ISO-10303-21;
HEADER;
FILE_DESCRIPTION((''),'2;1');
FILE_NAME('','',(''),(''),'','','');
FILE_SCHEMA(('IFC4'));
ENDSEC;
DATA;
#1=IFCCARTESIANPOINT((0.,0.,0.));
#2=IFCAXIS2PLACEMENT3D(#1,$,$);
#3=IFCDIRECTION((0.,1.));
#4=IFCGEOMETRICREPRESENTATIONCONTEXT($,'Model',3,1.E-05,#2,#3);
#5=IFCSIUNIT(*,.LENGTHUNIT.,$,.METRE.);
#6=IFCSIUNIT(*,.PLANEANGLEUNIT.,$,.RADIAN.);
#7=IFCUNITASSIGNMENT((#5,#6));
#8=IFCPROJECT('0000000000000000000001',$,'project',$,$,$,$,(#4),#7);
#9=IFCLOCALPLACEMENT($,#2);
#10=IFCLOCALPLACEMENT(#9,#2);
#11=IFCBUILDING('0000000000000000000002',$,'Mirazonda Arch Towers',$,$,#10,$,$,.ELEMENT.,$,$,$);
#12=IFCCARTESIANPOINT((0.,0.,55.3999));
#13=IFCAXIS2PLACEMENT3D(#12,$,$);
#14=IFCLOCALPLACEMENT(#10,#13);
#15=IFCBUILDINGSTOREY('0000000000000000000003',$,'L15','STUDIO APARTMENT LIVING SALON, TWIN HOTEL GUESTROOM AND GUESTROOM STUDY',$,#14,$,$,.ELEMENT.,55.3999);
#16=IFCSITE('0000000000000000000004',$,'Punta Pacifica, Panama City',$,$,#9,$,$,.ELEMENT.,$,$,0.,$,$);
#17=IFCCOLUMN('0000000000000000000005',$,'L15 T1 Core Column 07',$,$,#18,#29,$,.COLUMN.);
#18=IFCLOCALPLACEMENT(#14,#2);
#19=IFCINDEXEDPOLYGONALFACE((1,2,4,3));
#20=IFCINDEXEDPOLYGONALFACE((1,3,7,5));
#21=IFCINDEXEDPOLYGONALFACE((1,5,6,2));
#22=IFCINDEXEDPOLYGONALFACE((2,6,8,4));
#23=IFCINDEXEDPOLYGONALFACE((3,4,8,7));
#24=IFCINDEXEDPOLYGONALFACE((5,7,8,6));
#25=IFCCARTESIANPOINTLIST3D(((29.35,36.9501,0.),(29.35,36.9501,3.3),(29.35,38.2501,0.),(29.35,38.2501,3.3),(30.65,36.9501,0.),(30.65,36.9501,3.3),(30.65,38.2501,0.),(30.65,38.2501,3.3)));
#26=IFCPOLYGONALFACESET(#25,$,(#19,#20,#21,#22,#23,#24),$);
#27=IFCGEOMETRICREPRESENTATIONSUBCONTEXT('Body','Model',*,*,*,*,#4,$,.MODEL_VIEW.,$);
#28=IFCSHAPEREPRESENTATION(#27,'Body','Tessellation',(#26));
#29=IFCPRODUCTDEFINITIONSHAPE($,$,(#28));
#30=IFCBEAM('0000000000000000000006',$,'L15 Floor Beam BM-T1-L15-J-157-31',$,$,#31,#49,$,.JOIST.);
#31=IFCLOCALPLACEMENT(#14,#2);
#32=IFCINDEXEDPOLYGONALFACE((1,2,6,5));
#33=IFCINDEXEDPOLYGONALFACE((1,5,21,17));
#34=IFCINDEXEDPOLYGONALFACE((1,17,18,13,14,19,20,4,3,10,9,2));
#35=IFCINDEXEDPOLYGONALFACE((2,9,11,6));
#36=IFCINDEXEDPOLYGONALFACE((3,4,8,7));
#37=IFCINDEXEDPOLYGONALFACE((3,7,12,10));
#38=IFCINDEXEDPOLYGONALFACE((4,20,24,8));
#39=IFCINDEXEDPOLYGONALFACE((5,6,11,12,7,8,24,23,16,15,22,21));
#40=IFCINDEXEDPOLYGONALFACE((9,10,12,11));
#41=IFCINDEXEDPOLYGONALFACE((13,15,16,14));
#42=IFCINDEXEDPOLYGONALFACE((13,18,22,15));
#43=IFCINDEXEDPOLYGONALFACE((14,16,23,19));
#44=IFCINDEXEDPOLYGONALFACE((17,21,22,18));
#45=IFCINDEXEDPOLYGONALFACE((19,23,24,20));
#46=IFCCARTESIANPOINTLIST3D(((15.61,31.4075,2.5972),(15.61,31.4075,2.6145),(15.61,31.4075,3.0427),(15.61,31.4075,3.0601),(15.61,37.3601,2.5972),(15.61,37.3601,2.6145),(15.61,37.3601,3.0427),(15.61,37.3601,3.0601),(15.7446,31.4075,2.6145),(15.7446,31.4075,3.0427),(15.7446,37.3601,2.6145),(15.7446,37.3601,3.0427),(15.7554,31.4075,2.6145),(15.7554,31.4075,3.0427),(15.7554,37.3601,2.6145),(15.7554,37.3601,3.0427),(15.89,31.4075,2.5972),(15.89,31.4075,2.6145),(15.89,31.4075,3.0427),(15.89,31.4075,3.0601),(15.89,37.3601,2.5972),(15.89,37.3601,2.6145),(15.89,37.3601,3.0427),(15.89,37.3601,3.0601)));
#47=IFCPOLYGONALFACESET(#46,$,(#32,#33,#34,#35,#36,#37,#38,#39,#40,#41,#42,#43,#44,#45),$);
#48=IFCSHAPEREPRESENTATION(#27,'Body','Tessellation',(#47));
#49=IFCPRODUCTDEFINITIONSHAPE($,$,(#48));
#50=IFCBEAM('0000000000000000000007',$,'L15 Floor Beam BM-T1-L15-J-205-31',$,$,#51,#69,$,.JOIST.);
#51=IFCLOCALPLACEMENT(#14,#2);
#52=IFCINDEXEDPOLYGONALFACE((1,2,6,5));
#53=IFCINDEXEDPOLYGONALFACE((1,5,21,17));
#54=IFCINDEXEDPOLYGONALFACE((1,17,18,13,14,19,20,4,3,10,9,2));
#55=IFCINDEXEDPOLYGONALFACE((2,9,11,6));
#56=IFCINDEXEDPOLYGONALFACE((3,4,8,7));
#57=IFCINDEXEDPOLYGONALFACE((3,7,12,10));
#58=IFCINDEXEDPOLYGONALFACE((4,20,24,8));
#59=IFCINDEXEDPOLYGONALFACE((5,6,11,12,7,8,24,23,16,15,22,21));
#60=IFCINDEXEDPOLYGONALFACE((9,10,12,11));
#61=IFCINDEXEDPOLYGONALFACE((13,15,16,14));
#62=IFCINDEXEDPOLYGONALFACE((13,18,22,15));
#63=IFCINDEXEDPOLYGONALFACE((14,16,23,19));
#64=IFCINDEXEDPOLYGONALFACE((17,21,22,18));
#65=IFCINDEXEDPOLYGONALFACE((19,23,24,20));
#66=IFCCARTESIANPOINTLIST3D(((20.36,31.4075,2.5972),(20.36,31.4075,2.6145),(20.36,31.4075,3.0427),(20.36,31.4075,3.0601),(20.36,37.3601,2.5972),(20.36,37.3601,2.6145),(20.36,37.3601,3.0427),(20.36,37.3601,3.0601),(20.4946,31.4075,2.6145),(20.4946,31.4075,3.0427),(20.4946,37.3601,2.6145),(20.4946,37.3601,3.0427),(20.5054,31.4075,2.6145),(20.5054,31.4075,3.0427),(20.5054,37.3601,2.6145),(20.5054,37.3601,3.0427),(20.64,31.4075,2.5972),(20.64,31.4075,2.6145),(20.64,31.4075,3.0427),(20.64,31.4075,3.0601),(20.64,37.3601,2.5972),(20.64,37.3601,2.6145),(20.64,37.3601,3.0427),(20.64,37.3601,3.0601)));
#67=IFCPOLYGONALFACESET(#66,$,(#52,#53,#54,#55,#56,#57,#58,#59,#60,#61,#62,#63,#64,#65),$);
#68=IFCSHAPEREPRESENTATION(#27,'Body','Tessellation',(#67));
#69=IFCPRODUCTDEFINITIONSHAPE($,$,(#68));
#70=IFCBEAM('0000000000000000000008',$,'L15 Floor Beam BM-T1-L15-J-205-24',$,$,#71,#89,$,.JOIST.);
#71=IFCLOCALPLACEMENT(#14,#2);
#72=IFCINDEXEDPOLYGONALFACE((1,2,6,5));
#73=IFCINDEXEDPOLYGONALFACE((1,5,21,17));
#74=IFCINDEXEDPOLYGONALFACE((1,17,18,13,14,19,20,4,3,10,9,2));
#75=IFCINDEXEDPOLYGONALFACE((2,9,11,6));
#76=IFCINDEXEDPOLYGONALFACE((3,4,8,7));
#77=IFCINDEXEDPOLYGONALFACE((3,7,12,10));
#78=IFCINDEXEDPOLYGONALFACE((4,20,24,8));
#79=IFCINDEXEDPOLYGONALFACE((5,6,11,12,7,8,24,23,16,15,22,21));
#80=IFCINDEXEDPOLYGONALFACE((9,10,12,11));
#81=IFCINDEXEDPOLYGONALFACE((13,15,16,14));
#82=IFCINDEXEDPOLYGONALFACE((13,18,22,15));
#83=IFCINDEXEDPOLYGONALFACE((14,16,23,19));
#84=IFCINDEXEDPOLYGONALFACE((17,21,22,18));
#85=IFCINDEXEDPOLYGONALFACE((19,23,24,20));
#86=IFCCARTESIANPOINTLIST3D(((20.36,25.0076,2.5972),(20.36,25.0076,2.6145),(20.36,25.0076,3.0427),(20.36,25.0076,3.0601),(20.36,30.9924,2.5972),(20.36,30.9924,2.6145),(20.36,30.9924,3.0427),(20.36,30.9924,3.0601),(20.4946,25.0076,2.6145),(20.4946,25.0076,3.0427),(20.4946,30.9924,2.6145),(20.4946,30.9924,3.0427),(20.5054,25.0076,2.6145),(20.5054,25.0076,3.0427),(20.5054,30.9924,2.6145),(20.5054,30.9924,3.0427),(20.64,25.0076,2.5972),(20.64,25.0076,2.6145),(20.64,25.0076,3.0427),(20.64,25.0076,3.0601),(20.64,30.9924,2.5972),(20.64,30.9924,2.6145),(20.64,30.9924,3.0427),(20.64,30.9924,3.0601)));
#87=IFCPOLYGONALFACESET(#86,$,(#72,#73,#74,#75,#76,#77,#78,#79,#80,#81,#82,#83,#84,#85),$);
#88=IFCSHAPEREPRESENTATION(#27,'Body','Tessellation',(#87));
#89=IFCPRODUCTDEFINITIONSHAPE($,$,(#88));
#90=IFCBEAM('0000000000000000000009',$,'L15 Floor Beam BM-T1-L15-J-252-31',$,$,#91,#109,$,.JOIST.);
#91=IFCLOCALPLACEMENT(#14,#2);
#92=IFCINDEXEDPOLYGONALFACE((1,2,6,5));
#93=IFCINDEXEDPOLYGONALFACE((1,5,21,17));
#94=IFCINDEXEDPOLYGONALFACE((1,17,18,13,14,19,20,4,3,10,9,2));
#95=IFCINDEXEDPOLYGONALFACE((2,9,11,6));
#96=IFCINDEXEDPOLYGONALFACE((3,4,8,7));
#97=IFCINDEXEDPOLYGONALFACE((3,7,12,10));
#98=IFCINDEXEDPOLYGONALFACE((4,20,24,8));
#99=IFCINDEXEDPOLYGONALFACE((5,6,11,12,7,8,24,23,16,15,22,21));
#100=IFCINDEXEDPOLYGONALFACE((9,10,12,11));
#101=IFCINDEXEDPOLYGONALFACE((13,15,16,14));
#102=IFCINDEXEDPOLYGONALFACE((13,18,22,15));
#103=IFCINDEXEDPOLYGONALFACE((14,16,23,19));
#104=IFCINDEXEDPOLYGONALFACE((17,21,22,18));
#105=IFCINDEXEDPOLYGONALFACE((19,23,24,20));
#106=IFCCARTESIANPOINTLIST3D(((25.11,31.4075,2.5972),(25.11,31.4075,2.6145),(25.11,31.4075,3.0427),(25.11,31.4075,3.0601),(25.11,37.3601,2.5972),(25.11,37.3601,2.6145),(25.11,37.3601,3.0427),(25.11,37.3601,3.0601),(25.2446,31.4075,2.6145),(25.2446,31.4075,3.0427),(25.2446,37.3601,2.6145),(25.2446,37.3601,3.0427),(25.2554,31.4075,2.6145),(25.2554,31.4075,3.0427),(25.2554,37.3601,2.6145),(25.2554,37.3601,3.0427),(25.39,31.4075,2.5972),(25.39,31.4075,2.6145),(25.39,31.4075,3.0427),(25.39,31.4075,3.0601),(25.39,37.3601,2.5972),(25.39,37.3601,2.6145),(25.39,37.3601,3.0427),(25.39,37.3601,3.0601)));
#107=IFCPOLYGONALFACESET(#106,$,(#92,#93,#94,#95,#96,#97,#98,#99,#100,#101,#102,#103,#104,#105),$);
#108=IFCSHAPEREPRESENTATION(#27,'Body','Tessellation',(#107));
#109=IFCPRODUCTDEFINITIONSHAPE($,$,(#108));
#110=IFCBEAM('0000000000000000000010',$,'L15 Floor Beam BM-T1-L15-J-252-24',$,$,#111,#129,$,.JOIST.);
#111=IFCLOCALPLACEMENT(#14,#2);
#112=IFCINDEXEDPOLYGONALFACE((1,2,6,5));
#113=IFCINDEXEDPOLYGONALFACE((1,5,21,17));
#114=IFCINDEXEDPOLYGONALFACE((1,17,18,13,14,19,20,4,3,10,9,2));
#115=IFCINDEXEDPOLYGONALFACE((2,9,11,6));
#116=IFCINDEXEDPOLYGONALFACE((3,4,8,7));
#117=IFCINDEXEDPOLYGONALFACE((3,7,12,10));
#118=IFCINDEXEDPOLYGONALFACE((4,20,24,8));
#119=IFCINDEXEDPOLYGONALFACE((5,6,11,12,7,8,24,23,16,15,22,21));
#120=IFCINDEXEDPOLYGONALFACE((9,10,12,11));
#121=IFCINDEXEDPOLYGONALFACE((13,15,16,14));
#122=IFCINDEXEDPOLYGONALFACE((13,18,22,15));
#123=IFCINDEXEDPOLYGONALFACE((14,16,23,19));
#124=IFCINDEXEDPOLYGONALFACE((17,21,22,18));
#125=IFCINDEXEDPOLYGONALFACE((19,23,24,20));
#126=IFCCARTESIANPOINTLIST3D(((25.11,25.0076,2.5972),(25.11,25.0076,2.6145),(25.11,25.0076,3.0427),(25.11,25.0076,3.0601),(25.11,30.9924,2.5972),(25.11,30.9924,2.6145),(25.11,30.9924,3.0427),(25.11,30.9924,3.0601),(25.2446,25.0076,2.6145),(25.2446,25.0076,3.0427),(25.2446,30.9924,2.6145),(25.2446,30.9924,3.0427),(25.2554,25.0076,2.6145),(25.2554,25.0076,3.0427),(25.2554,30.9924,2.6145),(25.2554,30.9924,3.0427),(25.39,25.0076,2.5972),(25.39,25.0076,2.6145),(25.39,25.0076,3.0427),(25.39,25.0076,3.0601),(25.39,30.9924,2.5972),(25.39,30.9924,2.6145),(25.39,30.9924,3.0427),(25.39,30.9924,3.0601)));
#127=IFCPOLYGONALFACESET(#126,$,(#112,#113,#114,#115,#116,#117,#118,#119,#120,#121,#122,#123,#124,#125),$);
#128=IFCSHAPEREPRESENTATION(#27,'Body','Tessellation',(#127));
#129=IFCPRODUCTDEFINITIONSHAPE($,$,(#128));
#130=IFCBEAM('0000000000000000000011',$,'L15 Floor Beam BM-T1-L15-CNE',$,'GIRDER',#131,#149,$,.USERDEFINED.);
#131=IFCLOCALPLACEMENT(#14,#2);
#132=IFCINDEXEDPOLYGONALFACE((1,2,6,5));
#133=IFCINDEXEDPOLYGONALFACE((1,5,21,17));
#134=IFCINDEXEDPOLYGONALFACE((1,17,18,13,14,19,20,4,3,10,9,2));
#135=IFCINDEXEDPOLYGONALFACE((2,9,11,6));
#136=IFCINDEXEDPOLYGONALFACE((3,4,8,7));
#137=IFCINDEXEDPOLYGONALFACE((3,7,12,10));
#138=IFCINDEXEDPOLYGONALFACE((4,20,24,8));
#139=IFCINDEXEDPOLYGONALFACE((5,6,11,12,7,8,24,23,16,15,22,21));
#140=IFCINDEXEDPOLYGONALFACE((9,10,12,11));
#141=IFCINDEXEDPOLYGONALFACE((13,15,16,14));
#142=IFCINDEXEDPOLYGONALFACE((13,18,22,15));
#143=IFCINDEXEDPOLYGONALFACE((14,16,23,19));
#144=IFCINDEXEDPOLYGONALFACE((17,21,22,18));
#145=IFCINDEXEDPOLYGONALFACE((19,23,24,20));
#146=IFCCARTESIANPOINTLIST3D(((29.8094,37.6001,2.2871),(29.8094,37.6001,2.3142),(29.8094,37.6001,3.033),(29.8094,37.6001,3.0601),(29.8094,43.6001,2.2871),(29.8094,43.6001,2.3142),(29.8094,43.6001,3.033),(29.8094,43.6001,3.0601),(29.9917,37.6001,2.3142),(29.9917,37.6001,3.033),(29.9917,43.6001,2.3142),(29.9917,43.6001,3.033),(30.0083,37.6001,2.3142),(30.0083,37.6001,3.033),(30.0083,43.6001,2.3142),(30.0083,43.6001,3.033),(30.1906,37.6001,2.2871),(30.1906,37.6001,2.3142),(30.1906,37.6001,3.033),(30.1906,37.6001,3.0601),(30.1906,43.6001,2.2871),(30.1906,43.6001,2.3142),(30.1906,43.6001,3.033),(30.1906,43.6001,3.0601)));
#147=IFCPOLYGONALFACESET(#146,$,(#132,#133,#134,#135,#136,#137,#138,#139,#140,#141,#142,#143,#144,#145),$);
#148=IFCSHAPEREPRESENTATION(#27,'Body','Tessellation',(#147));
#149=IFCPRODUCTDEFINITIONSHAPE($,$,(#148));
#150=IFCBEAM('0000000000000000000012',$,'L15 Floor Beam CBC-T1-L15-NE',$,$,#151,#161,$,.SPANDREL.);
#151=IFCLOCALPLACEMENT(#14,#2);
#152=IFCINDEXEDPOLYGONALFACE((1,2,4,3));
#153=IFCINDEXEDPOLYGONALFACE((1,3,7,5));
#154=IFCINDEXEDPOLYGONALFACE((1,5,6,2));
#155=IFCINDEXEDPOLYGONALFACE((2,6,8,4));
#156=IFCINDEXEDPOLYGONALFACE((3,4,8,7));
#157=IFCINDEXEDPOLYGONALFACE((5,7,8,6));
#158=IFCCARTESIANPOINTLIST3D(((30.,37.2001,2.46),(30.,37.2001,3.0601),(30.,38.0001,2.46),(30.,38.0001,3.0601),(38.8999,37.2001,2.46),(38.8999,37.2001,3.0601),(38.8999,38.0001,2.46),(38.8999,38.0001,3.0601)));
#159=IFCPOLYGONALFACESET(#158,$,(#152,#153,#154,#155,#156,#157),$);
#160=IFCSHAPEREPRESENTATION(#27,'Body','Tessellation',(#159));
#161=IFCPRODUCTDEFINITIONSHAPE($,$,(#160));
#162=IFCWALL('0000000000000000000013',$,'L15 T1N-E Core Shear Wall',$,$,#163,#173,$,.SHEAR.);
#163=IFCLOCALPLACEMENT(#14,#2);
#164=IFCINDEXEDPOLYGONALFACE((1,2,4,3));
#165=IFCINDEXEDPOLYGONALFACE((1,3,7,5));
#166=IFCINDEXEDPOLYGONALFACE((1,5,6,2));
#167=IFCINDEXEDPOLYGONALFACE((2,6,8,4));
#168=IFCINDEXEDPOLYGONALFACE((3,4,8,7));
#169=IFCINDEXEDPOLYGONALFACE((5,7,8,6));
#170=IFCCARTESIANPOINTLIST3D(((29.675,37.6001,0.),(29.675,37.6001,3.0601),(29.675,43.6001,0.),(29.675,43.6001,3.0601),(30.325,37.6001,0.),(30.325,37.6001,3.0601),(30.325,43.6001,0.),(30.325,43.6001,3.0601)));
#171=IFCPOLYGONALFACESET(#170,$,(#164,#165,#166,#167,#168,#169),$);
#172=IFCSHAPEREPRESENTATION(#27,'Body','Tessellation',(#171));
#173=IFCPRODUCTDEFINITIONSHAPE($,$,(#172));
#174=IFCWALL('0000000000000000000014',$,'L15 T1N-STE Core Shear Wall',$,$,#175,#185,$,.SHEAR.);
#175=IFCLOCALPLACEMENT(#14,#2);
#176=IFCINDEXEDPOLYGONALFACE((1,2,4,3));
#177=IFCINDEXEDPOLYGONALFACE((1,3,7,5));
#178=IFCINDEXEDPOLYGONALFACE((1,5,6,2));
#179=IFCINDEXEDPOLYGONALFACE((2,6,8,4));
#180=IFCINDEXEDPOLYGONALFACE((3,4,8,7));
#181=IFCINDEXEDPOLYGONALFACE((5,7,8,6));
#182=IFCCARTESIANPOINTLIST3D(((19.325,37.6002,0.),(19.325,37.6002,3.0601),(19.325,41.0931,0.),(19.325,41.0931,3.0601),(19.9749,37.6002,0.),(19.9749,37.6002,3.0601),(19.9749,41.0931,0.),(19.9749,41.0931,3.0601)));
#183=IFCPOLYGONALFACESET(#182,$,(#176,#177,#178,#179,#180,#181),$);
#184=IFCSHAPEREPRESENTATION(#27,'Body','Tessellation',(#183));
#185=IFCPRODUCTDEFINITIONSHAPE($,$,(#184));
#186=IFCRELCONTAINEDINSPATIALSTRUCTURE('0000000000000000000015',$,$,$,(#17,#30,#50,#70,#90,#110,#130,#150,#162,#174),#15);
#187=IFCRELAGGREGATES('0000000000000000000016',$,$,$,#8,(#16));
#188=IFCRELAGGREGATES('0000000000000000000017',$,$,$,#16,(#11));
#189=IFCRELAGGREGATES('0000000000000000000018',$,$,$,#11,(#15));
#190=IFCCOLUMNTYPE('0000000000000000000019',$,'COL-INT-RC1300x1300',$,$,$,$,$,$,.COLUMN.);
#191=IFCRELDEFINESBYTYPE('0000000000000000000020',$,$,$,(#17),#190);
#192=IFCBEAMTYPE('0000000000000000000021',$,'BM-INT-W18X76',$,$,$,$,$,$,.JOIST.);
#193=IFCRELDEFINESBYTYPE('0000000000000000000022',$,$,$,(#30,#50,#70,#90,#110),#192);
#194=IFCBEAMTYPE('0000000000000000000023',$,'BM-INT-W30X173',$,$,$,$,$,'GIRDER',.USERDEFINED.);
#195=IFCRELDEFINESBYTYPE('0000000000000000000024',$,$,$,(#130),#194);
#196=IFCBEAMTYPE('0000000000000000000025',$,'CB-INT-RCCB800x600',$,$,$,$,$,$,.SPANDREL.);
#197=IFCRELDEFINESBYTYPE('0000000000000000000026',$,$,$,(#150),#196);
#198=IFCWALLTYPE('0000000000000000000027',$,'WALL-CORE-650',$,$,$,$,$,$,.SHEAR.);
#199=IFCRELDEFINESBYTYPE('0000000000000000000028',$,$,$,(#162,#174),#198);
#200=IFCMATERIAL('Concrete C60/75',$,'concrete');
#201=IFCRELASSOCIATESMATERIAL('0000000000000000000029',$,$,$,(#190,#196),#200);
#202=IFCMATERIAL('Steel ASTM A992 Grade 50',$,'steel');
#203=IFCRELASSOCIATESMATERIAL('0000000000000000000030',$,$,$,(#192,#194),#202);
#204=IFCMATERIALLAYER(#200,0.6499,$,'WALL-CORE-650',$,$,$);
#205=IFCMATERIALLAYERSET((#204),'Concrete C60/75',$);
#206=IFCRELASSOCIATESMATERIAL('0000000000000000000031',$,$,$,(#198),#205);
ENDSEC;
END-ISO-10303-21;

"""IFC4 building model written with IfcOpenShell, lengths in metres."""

from ifc_helpers import new_model, si_unit, direction, frame, frame_2d, origin, origin_2d, place, context, subcontext, project, spatial, rectangle, i_section, extrude, material, layer, layer_set, material_profile, profile_set, type_object, element, save


model = new_model("IFC4")

# Units and contexts
model_context = context("Model", 3, precision=1e-05, world=origin(), true_north=direction((0.0, 1.0)))
body_context = subcontext(model_context, "Body", "Model", "MODEL_VIEW")
ifc_project = project(units=[si_unit("LENGTHUNIT", "METRE"), si_unit("PLANEANGLEUNIT", "RADIAN")], contexts=[model_context])

# Site, building, storey
site_placement = place(None, origin())
site = spatial("IfcSite", under=ifc_project, at=site_placement, Name="Punta Pacifica, Panama City", CompositionType="ELEMENT", RefElevation=0.0)
building_placement = place(site_placement, origin())
building = spatial("IfcBuilding", under=site, at=building_placement, Name="Mirazonda Arch Towers", CompositionType="ELEMENT")
storey_placement = place(building_placement, frame((0.0, 0.0, 55.3999)))
storey = spatial("IfcBuildingStorey", under=building, at=storey_placement, Name="L15", Description="STUDIO APARTMENT LIVING SALON, TWIN HOTEL GUESTROOM AND GUESTROOM STUDY", CompositionType="ELEMENT", Elevation=55.3999)

# Column
ifc_material_1 = material(Name="Concrete C60/75", Category="concrete")
ifc_material_profile_1 = material_profile(ifc_material_1, rectangle(XDim=1.3, YDim=1.3, at=origin_2d()), Name="RC1300x1300")
ifc_profile_set_1 = profile_set([ifc_material_profile_1], Name="Concrete C60/75")
column_type = type_object("IfcColumnType", Name="COL-INT-RC1300x1300", PredefinedType="COLUMN", material=ifc_profile_set_1)
column_placement = place(storey_placement, frame((30.0, 37.6001, 0.0), z_axis=(0.0, 0.0, 1.0), x_axis=(1.0, 0.0, 0.0)))
element("IfcColumn", 1, at=column_placement, inside=storey, type_object=column_type, Name="L15 T1 Core Column 07", PredefinedType="COLUMN", context=body_context, shape_type="SweptSolid", body=[
    extrude(rectangle(XDim=1.3, YDim=1.3, at=origin_2d()), origin(), (0.0, 0.0, 1.0), 3.3),
])

# Beams
ifc_material_2 = material(Name="Steel ASTM A992 Grade 50", Category="steel")
ifc_material_profile_2 = material_profile(ifc_material_2, i_section(OverallWidth=0.28, OverallDepth=0.4629, WebThickness=0.0107, FlangeThickness=0.0173, at=origin_2d()), Name="W18X76")
ifc_profile_set_2 = profile_set([ifc_material_profile_2], Name="Steel ASTM A992 Grade 50")
beam_type_1 = type_object("IfcBeamType", Name="BM-INT-W18X76", PredefinedType="JOIST", material=ifc_profile_set_2)
for number, where, z_axis, x_axis, name in (
    (2, (15.75, 31.4075, 2.8286), (0.0, 1.0, 0.0), (-1.0, 0.0, 0.0), "L15 Floor Beam BM-T1-L15-J-157-31"),
    (3, (20.5, 31.4075, 2.8286), (0.0, 1.0, 0.0), (-1.0, 0.0, 0.0), "L15 Floor Beam BM-T1-L15-J-205-31"),
):
    element("IfcBeam", number, at=place(storey_placement, frame(where, z_axis=z_axis, x_axis=x_axis)), inside=storey, type_object=beam_type_1, Name=name, PredefinedType="JOIST", context=body_context, shape_type="SweptSolid", body=[
        extrude(i_section(OverallWidth=0.28, OverallDepth=0.4629, WebThickness=0.0107, FlangeThickness=0.0173, at=origin_2d()), origin(), (0.0, 0.0, 1.0), 5.9526),
    ])
beam_1_placement = place(storey_placement, frame((20.5, 25.0076, 2.8286), z_axis=(0.0, 1.0, 0.0), x_axis=(-1.0, 0.0, 0.0)))
element("IfcBeam", 4, at=beam_1_placement, inside=storey, type_object=beam_type_1, Name="L15 Floor Beam BM-T1-L15-J-205-24", PredefinedType="JOIST", context=body_context, shape_type="SweptSolid", body=[
    extrude(i_section(OverallWidth=0.28, OverallDepth=0.4629, WebThickness=0.0107, FlangeThickness=0.0173, at=origin_2d()), origin(), (0.0, 0.0, 1.0), 5.9849),
])
beam_2_placement = place(storey_placement, frame((25.25, 31.4075, 2.8286), z_axis=(0.0, 1.0, 0.0), x_axis=(-1.0, 0.0, 0.0)))
element("IfcBeam", 5, at=beam_2_placement, inside=storey, type_object=beam_type_1, Name="L15 Floor Beam BM-T1-L15-J-252-31", PredefinedType="JOIST", context=body_context, shape_type="SweptSolid", body=[
    extrude(i_section(OverallWidth=0.28, OverallDepth=0.4629, WebThickness=0.0107, FlangeThickness=0.0173, at=origin_2d()), origin(), (0.0, 0.0, 1.0), 5.9526),
])
beam_3_placement = place(storey_placement, frame((25.25, 25.0076, 2.8286), z_axis=(0.0, 1.0, 0.0), x_axis=(-1.0, 0.0, 0.0)))
element("IfcBeam", 6, at=beam_3_placement, inside=storey, type_object=beam_type_1, Name="L15 Floor Beam BM-T1-L15-J-252-24", PredefinedType="JOIST", context=body_context, shape_type="SweptSolid", body=[
    extrude(i_section(OverallWidth=0.28, OverallDepth=0.4629, WebThickness=0.0107, FlangeThickness=0.0173, at=origin_2d()), origin(), (0.0, 0.0, 1.0), 5.9849),
])
ifc_material_profile_3 = material_profile(ifc_material_2, i_section(OverallWidth=0.3811, OverallDepth=0.7729, WebThickness=0.0166, FlangeThickness=0.0271, at=origin_2d()), Name="W30X173")
ifc_profile_set_3 = profile_set([ifc_material_profile_3], Name="Steel ASTM A992 Grade 50")
beam_type_2 = type_object("IfcBeamType", Name="BM-INT-W30X173", ElementType="GIRDER", PredefinedType="USERDEFINED", material=ifc_profile_set_3)
beam_4_placement = place(storey_placement, frame((30.0, 37.6001, 2.6736), z_axis=(0.0, 1.0, 0.0), x_axis=(-1.0, 0.0, 0.0)))
element("IfcBeam", 7, at=beam_4_placement, inside=storey, type_object=beam_type_2, Name="L15 Floor Beam BM-T1-L15-CNE", ObjectType="GIRDER", PredefinedType="USERDEFINED", context=body_context, shape_type="SweptSolid", body=[
    extrude(i_section(OverallWidth=0.3811, OverallDepth=0.7729, WebThickness=0.0166, FlangeThickness=0.0271, at=origin_2d()), origin(), (0.0, 0.0, 1.0), 6.0),
])
ifc_material_profile_4 = material_profile(ifc_material_1, rectangle(XDim=0.8, YDim=0.6001, at=origin_2d()), Name="RCCB800x600")
ifc_profile_set_4 = profile_set([ifc_material_profile_4], Name="Concrete C60/75")
beam_type_3 = type_object("IfcBeamType", Name="CB-INT-RCCB800x600", PredefinedType="SPANDREL", material=ifc_profile_set_4)
beam_5_placement = place(storey_placement, frame((30.0, 37.6001, 2.76), z_axis=(1.0, 0.0, 0.0), x_axis=(0.0, 1.0, 0.0)))
element("IfcBeam", 8, at=beam_5_placement, inside=storey, type_object=beam_type_3, Name="L15 Floor Beam CBC-T1-L15-NE", PredefinedType="SPANDREL", context=body_context, shape_type="SweptSolid", body=[
    extrude(rectangle(XDim=0.8, YDim=0.6001, at=origin_2d()), origin(), (0.0, 0.0, 1.0), 8.8999),
])

# Walls
ifc_layer_1 = layer(ifc_material_1, 0.6499, Name="WALL-CORE-650")
ifc_layer_set_1 = layer_set([ifc_layer_1], Name="Concrete C60/75")
wall_type_1 = type_object("IfcWallType", Name="WALL-CORE-650", PredefinedType="SHEAR", material=ifc_layer_set_1)
wall_1_placement = place(storey_placement, frame((30.0, 37.6001, 0.0), z_axis=(0.0, 0.0, 1.0), x_axis=(0.0, 1.0, 0.0)))
element("IfcWall", 9, at=wall_1_placement, inside=storey, type_object=wall_type_1, Name="L15 T1N-E Core Shear Wall", PredefinedType="SHEAR", context=body_context, shape_type="SweptSolid", body=[
    extrude(rectangle(XDim=6.0, YDim=0.6499, at=frame_2d((3.0, 0.0))), origin(), (0.0, 0.0, 1.0), 3.0601),
])
wall_2_placement = place(storey_placement, frame((19.6499, 37.6001, 0.0), z_axis=(0.0, 0.0, 1.0), x_axis=(0.0, 1.0, 0.0)))
element("IfcWall", 10, at=wall_2_placement, inside=storey, type_object=wall_type_1, Name="L15 T1N-STE Core Shear Wall", PredefinedType="SHEAR", context=body_context, shape_type="SweptSolid", body=[
    extrude(rectangle(XDim=3.4929, YDim=0.6499, at=frame_2d((1.7466, 0.0))), origin(), (0.0, 0.0, 1.0), 3.0601),
])

save(model, "model.ifc")
